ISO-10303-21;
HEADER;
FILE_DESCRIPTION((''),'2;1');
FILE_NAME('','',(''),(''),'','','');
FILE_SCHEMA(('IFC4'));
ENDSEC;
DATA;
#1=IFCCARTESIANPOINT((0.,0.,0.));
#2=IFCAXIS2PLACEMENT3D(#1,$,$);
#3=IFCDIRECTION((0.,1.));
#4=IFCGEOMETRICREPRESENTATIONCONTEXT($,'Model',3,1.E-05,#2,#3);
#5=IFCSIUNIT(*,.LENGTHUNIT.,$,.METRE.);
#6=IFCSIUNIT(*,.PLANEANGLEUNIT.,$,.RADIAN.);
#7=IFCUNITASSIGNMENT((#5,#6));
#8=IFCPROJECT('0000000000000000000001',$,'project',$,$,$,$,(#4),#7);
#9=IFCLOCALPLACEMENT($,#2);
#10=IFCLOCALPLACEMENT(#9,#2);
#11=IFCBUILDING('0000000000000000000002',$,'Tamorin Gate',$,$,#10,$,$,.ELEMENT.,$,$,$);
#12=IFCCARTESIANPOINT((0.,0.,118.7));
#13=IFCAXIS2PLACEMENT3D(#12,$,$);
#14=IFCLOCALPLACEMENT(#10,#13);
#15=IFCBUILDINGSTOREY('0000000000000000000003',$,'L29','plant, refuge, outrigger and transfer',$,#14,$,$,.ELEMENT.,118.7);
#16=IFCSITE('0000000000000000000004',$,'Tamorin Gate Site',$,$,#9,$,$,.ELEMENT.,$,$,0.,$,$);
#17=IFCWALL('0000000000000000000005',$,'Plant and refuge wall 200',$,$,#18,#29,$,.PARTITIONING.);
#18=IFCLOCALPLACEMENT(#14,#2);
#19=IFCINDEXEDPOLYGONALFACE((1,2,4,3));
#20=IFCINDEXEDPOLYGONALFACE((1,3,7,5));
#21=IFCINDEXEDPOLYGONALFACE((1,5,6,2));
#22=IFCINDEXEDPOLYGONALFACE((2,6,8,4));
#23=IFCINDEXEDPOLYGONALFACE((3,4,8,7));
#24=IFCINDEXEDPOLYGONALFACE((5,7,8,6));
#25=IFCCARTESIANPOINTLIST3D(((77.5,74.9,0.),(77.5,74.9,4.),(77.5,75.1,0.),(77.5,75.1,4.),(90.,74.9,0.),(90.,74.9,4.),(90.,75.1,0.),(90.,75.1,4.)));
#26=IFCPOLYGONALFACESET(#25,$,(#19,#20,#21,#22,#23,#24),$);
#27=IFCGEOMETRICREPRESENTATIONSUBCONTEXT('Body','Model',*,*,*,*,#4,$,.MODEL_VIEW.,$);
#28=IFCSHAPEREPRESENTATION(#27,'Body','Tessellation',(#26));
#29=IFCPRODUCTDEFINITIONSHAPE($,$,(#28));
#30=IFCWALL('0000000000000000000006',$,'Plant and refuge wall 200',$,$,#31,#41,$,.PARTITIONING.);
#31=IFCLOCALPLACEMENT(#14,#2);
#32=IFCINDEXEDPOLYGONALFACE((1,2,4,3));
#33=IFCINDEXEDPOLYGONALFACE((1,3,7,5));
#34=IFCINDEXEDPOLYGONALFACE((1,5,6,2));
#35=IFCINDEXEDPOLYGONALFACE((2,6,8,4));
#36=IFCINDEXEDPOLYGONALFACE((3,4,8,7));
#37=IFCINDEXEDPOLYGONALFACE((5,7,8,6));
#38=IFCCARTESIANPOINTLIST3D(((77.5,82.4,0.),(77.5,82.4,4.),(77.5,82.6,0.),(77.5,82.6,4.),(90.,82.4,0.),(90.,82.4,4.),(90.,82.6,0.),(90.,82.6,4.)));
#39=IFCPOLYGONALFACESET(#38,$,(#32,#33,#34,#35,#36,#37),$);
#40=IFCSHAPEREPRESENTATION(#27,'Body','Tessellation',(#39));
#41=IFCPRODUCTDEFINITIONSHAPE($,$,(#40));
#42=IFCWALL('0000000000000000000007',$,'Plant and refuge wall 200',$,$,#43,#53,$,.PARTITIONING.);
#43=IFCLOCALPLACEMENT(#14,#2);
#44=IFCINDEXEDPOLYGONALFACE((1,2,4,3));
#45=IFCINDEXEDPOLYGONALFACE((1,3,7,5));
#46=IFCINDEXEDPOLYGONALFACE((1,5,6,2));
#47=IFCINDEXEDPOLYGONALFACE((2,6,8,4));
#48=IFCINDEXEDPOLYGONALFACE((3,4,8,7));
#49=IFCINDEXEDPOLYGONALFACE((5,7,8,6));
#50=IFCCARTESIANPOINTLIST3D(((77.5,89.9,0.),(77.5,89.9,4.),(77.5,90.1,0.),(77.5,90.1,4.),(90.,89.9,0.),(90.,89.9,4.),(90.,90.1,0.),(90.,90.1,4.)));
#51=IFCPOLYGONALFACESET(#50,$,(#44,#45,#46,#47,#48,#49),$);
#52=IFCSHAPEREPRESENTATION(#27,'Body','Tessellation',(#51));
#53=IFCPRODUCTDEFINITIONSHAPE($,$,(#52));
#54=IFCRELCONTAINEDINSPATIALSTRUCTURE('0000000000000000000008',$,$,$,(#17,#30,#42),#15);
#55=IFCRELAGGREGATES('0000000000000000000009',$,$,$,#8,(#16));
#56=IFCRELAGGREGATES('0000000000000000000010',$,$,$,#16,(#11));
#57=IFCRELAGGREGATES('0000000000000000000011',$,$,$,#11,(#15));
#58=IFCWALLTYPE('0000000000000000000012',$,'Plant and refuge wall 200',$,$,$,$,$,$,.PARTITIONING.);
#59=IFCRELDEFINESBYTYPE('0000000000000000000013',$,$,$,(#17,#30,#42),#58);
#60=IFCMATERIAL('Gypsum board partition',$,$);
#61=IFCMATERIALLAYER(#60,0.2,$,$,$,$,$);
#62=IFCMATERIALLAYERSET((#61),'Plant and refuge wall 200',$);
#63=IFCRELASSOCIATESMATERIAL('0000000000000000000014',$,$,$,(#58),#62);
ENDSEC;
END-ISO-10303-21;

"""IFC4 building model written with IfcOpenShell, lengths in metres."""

from ifc_helpers import new_model, si_unit, direction, frame, frame_2d, origin, place, context, subcontext, project, spatial, rectangle, extrude, material, layer, layer_set, type_object, element, save


model = new_model("IFC4")

# Units and contexts
model_context = context("Model", 3, precision=1e-05, world=origin(), true_north=direction((0.0, 1.0)))
body_context = subcontext(model_context, "Body", "Model", "MODEL_VIEW")
ifc_project = project(units=[si_unit("LENGTHUNIT", "METRE"), si_unit("PLANEANGLEUNIT", "RADIAN")], contexts=[model_context])

# Site, building, storey
site_placement = place(None, origin())
site = spatial("IfcSite", under=ifc_project, at=site_placement, Name="Tamorin Gate Site", CompositionType="ELEMENT", RefElevation=0.0)
building_placement = place(site_placement, origin())
building = spatial("IfcBuilding", under=site, at=building_placement, Name="Tamorin Gate", CompositionType="ELEMENT")
storey_placement = place(building_placement, frame((0.0, 0.0, 118.7)))
storey = spatial("IfcBuildingStorey", under=building, at=storey_placement, Name="L29", Description="plant, refuge, outrigger and transfer", CompositionType="ELEMENT", Elevation=118.7)

# Walls
ifc_material_1 = material(Name="Gypsum board partition")
ifc_layer_1 = layer(ifc_material_1, 0.2)
ifc_layer_set_1 = layer_set([ifc_layer_1], Name="Plant and refuge wall 200")
wall_type_1 = type_object("IfcWallType", Name="Plant and refuge wall 200", PredefinedType="PARTITIONING", material=ifc_layer_set_1)
for number, where, z_axis, x_axis, name in (
    (1, (77.5, 75.0, 0.0), (0.0, 0.0, 1.0), (1.0, 0.0, 0.0), "Plant and refuge wall 200"),
    (2, (77.5, 82.5, 0.0), (0.0, 0.0, 1.0), (1.0, 0.0, 0.0), "Plant and refuge wall 200"),
    (3, (77.5, 90.0, 0.0), (0.0, 0.0, 1.0), (1.0, 0.0, 0.0), "Plant and refuge wall 200"),
):
    element("IfcWall", number, at=place(storey_placement, frame(where, z_axis=z_axis, x_axis=x_axis)), inside=storey, type_object=wall_type_1, Name=name, PredefinedType="PARTITIONING", context=body_context, shape_type="SweptSolid", body=[
        extrude(rectangle(XDim=12.5, YDim=0.2, at=frame_2d((6.25, 0.0))), origin(), (0.0, 0.0, 1.0), 4.0),
    ])

save(model, "model.ifc")
